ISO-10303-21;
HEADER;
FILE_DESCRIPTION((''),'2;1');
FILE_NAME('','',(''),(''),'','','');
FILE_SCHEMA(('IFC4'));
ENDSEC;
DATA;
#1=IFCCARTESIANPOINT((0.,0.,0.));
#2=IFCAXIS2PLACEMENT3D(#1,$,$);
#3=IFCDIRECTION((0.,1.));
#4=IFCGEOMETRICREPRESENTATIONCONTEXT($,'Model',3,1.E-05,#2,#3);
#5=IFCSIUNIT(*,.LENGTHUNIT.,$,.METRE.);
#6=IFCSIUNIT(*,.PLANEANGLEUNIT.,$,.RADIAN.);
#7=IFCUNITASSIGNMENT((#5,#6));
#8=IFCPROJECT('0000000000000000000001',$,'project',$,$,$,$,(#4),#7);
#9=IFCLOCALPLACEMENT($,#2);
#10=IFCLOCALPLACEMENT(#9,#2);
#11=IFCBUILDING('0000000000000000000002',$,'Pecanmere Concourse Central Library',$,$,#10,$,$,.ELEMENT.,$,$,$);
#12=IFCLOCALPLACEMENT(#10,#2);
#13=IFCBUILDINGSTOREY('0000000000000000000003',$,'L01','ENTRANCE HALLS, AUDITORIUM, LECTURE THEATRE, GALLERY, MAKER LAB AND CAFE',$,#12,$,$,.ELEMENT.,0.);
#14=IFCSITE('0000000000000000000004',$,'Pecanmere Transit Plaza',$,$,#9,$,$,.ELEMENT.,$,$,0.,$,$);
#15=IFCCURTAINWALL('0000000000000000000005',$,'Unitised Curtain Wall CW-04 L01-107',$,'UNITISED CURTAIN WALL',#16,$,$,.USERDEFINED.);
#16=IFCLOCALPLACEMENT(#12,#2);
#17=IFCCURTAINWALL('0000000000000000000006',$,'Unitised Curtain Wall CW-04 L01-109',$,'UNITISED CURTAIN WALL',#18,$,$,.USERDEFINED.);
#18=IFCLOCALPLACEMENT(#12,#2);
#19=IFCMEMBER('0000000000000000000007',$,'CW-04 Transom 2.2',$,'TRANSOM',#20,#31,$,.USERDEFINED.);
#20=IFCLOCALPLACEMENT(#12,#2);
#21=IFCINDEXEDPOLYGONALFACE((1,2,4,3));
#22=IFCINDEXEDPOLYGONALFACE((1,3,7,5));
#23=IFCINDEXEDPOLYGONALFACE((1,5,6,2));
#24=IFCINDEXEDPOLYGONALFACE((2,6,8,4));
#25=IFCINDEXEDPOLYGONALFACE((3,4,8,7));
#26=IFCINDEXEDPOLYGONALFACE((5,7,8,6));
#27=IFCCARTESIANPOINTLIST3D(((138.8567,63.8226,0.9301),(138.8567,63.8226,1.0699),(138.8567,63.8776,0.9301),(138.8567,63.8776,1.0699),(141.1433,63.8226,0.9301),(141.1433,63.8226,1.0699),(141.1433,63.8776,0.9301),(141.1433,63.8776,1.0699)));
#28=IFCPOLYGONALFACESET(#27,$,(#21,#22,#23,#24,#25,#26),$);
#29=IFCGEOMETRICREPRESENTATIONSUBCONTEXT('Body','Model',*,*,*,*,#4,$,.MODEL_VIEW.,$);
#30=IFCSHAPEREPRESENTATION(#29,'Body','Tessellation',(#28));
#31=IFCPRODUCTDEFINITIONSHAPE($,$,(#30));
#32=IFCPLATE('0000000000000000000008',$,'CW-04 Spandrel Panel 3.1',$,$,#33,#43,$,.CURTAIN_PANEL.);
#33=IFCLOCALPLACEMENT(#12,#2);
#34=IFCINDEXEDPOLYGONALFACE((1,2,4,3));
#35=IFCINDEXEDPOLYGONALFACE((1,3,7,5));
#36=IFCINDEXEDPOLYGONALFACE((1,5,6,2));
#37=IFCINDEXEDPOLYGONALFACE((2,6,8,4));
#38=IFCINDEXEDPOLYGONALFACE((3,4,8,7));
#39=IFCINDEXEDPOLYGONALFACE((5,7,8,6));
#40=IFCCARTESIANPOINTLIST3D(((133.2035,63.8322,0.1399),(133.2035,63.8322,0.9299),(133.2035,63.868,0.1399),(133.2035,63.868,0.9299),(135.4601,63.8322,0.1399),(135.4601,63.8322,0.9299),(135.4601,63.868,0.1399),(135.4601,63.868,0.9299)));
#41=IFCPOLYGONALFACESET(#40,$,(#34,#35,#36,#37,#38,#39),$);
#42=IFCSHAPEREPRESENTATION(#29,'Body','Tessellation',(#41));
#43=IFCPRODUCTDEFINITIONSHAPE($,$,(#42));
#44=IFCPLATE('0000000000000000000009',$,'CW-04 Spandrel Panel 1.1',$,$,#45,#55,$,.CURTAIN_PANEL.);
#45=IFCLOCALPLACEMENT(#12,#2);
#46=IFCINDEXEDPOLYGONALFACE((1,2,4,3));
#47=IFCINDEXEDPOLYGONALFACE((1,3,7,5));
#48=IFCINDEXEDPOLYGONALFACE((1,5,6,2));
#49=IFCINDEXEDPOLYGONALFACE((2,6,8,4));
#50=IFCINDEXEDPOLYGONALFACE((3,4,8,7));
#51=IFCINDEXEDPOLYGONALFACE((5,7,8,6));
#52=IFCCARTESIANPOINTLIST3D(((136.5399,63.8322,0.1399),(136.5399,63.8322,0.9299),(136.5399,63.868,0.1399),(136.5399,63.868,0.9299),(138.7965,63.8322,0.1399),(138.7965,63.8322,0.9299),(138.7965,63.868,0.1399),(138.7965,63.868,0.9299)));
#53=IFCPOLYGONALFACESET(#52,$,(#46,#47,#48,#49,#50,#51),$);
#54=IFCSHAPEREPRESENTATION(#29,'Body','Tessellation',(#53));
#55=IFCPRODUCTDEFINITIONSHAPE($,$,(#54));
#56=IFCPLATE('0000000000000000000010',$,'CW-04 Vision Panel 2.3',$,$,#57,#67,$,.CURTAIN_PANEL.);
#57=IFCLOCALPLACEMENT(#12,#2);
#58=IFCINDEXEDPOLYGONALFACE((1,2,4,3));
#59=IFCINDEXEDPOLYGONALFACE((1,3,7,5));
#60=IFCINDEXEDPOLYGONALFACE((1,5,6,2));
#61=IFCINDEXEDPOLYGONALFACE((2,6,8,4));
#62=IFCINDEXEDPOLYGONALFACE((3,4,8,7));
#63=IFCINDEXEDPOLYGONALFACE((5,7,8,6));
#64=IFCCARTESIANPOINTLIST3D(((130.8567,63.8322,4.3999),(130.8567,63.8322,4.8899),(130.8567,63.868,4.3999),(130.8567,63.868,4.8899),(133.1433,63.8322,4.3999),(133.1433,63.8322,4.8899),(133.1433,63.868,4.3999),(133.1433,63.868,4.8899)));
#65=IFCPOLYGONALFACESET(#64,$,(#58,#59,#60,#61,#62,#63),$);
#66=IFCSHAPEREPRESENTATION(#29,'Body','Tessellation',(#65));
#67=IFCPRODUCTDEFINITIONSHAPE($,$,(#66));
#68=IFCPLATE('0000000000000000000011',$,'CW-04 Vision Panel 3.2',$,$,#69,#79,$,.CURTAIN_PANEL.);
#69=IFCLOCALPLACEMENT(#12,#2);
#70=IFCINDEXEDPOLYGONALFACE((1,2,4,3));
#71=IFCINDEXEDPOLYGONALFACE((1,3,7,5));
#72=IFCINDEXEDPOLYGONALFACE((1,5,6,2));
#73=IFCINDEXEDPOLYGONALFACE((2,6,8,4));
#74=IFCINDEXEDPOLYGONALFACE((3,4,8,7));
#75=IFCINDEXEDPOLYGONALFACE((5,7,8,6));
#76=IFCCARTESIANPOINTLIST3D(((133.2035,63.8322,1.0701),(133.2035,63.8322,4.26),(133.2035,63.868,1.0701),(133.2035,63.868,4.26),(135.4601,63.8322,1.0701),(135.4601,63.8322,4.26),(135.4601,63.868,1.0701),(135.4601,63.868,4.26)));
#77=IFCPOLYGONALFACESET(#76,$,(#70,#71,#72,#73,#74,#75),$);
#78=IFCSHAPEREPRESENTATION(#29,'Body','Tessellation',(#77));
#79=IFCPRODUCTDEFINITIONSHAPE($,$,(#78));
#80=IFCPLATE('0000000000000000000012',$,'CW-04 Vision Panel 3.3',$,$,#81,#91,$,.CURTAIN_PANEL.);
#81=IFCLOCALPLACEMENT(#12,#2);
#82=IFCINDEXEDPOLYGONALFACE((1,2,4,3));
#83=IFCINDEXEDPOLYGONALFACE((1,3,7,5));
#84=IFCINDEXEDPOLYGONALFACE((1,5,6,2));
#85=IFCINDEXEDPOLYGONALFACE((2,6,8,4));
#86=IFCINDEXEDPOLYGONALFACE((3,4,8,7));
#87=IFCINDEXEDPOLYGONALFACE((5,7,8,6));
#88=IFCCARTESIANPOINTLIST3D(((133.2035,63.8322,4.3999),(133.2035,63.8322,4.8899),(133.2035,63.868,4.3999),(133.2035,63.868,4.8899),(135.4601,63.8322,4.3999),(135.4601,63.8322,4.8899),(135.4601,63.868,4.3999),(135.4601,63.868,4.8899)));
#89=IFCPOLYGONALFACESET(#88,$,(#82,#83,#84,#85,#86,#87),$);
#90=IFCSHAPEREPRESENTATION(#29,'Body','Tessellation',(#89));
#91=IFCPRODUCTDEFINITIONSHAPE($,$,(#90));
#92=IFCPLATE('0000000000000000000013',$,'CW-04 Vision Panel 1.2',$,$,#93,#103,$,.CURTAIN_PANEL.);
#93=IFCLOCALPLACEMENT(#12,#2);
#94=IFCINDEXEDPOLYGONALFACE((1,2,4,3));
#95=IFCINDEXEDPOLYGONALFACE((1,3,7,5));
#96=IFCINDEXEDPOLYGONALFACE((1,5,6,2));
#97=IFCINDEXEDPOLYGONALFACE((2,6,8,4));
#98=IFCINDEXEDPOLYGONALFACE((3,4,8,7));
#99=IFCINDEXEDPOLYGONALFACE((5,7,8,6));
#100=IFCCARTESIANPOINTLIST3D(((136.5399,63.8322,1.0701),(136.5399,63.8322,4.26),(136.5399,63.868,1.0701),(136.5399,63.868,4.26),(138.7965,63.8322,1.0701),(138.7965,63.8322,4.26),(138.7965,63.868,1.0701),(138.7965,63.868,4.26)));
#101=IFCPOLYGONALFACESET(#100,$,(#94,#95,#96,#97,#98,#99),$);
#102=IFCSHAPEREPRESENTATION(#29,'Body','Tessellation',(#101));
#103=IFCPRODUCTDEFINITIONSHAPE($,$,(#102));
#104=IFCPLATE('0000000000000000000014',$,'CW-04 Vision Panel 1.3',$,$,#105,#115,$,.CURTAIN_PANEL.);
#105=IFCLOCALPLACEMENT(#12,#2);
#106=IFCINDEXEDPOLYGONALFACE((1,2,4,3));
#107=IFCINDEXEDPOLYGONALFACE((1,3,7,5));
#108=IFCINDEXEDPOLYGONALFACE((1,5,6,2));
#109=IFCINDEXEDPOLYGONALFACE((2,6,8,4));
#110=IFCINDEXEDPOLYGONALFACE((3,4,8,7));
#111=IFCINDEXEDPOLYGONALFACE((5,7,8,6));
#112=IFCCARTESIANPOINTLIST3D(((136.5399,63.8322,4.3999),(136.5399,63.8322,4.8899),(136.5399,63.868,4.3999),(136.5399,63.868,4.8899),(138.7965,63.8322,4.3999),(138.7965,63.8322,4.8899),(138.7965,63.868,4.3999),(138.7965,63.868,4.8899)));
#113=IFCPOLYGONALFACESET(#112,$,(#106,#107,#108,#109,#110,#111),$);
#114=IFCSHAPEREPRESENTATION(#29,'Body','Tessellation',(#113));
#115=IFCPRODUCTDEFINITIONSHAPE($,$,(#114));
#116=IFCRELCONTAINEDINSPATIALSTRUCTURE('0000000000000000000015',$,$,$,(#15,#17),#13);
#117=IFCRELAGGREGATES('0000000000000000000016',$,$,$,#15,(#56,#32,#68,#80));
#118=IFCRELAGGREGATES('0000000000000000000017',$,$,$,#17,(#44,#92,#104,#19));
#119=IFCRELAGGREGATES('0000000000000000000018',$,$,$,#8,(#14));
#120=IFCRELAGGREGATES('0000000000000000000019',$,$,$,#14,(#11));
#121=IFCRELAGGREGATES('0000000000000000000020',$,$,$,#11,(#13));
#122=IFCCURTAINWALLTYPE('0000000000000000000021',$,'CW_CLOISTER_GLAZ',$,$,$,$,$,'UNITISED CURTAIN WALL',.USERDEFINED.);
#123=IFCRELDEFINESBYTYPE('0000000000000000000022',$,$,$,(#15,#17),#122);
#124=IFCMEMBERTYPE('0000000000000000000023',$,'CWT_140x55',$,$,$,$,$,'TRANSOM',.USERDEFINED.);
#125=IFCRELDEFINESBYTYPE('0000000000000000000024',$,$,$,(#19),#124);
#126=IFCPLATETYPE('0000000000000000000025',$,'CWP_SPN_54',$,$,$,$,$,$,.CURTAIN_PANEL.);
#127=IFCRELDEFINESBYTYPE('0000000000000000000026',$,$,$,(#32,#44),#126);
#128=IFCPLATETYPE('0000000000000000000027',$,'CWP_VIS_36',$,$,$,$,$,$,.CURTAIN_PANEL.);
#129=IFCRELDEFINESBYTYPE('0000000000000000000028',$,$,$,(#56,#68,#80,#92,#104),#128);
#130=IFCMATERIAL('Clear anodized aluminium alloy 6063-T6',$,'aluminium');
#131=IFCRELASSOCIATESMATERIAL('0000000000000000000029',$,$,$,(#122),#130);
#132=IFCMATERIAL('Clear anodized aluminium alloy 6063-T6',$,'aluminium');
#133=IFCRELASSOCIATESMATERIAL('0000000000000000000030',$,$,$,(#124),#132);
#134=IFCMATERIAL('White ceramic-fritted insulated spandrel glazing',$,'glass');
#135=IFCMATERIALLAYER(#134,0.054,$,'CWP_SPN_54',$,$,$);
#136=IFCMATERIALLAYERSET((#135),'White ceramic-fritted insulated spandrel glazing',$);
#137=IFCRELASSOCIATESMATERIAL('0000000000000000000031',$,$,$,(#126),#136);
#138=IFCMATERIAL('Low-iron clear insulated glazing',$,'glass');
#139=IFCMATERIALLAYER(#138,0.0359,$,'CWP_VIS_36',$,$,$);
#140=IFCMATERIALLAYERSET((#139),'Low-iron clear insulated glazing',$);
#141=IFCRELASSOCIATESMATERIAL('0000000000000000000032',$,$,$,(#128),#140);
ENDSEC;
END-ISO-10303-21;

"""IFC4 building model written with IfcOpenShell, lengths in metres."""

from ifc_helpers import new_model, si_unit, direction, frame, origin, origin_2d, place, context, subcontext, project, spatial, rectangle, extrude, material, layer, layer_set, material_profile, profile_set, type_object, element, aggregate, save


model = new_model("IFC4")

# Units and contexts
model_context = context("Model", 3, precision=1e-05, world=origin(), true_north=direction((0.0, 1.0)))
body_context = subcontext(model_context, "Body", "Model", "MODEL_VIEW")
ifc_project = project(units=[si_unit("LENGTHUNIT", "METRE"), si_unit("PLANEANGLEUNIT", "RADIAN")], contexts=[model_context])

# Site, building, storey
site_placement = place(None, origin())
site = spatial("IfcSite", under=ifc_project, at=site_placement, Name="Pecanmere Transit Plaza", CompositionType="ELEMENT", RefElevation=0.0)
building_placement = place(site_placement, origin())
building = spatial("IfcBuilding", under=site, at=building_placement, Name="Pecanmere Concourse Central Library", CompositionType="ELEMENT")
storey_placement = place(building_placement, origin())
storey = spatial("IfcBuildingStorey", under=building, at=storey_placement, Name="L01", Description="ENTRANCE HALLS, AUDITORIUM, LECTURE THEATRE, GALLERY, MAKER LAB AND CAFE", CompositionType="ELEMENT", Elevation=0.0)

# Curtain walls
ifc_material_1 = material(Name="Clear anodized aluminium alloy 6063-T6", Category="aluminium")
curtain_wall_type = type_object("IfcCurtainWallType", Name="CW_CLOISTER_GLAZ", ElementType="UNITISED CURTAIN WALL", PredefinedType="USERDEFINED", material=ifc_material_1)
curtain_wall_1_placement = place(storey_placement, origin())
curtain_wall_1 = element("IfcCurtainWall", 1, at=curtain_wall_1_placement, inside=storey, type_object=curtain_wall_type, Name="Unitised Curtain Wall CW-04 L01-107", ObjectType="UNITISED CURTAIN WALL", PredefinedType="USERDEFINED")
curtain_wall_2_placement = place(storey_placement, origin())
curtain_wall_2 = element("IfcCurtainWall", 2, at=curtain_wall_2_placement, inside=storey, type_object=curtain_wall_type, Name="Unitised Curtain Wall CW-04 L01-109", ObjectType="UNITISED CURTAIN WALL", PredefinedType="USERDEFINED")

# Member
ifc_material_2 = material(Name="Clear anodized aluminium alloy 6063-T6", Category="aluminium")
ifc_material_profile_1 = material_profile(ifc_material_2, rectangle(XDim=0.0549, YDim=0.1399, at=origin_2d()), Name="AL 55x140")
ifc_profile_set_1 = profile_set([ifc_material_profile_1], Name="Clear anodized aluminium alloy 6063-T6")
member_type_1 = type_object("IfcMemberType", Name="CWT_140x55", ElementType="TRANSOM", PredefinedType="USERDEFINED", material=ifc_profile_set_1)
member_1_placement = place(storey_placement, frame((138.8567, 63.8501, 1.0), z_axis=(1.0, 0.0, 0.0), x_axis=(0.0, 1.0, 0.0)))
member_1 = element("IfcMember", 3, at=member_1_placement, type_object=member_type_1, Name="CW-04 Transom 2.2", ObjectType="TRANSOM", PredefinedType="USERDEFINED", context=body_context, shape_type="SweptSolid", body=[
    extrude(rectangle(XDim=0.0549, YDim=0.1399, at=origin_2d()), origin(), (0.0, 0.0, 1.0), 2.2866),
])

# Plates
ifc_material_3 = material(Name="White ceramic-fritted insulated spandrel glazing", Category="glass")
ifc_layer_1 = layer(ifc_material_3, 0.054, Name="CWP_SPN_54")
ifc_layer_set_1 = layer_set([ifc_layer_1], Name="White ceramic-fritted insulated spandrel glazing")
plate_type_1 = type_object("IfcPlateType", Name="CWP_SPN_54", PredefinedType="CURTAIN_PANEL", material=ifc_layer_set_1)
plate_1_placement = place(storey_placement, frame((134.3318, 63.8501, 0.1399), z_axis=(0.0, 0.0, 1.0), x_axis=(1.0, 0.0, 0.0)))
plate_1 = element("IfcPlate", 4, at=plate_1_placement, type_object=plate_type_1, Name="CW-04 Spandrel Panel 3.1", PredefinedType="CURTAIN_PANEL", context=body_context, shape_type="SweptSolid", body=[
    extrude(rectangle(XDim=2.2566, YDim=0.0359, at=origin_2d()), origin(), (0.0, 0.0, 1.0), 0.79),
])
plate_2_placement = place(storey_placement, frame((137.6682, 63.8501, 0.1399), z_axis=(0.0, 0.0, 1.0), x_axis=(1.0, 0.0, 0.0)))
plate_2 = element("IfcPlate", 5, at=plate_2_placement, type_object=plate_type_1, Name="CW-04 Spandrel Panel 1.1", PredefinedType="CURTAIN_PANEL", context=body_context, shape_type="SweptSolid", body=[
    extrude(rectangle(XDim=2.2566, YDim=0.0359, at=origin_2d()), origin(), (0.0, 0.0, 1.0), 0.79),
])
ifc_material_4 = material(Name="Low-iron clear insulated glazing", Category="glass")
ifc_layer_2 = layer(ifc_material_4, 0.0359, Name="CWP_VIS_36")
ifc_layer_set_2 = layer_set([ifc_layer_2], Name="Low-iron clear insulated glazing")
plate_type_2 = type_object("IfcPlateType", Name="CWP_VIS_36", PredefinedType="CURTAIN_PANEL", material=ifc_layer_set_2)
plate_3_placement = place(storey_placement, frame((132.0, 63.8501, 4.3999), z_axis=(0.0, 0.0, 1.0), x_axis=(1.0, 0.0, 0.0)))
plate_3 = element("IfcPlate", 6, at=plate_3_placement, type_object=plate_type_2, Name="CW-04 Vision Panel 2.3", PredefinedType="CURTAIN_PANEL", context=body_context, shape_type="SweptSolid", body=[
    extrude(rectangle(XDim=2.2866, YDim=0.0359, at=origin_2d()), origin(), (0.0, 0.0, 1.0), 0.49),
])
plate_4_placement = place(storey_placement, frame((134.3318, 63.8501, 1.0701), z_axis=(0.0, 0.0, 1.0), x_axis=(1.0, 0.0, 0.0)))
plate_4 = element("IfcPlate", 7, at=plate_4_placement, type_object=plate_type_2, Name="CW-04 Vision Panel 3.2", PredefinedType="CURTAIN_PANEL", context=body_context, shape_type="SweptSolid", body=[
    extrude(rectangle(XDim=2.2566, YDim=0.0359, at=origin_2d()), origin(), (0.0, 0.0, 1.0), 3.1899),
])
plate_5_placement = place(storey_placement, frame((134.3318, 63.8501, 4.3999), z_axis=(0.0, 0.0, 1.0), x_axis=(1.0, 0.0, 0.0)))
plate_5 = element("IfcPlate", 8, at=plate_5_placement, type_object=plate_type_2, Name="CW-04 Vision Panel 3.3", PredefinedType="CURTAIN_PANEL", context=body_context, shape_type="SweptSolid", body=[
    extrude(rectangle(XDim=2.2566, YDim=0.0359, at=origin_2d()), origin(), (0.0, 0.0, 1.0), 0.49),
])
aggregate(curtain_wall_1, [plate_3, plate_1, plate_4, plate_5])
plate_6_placement = place(storey_placement, frame((137.6682, 63.8501, 1.0701), z_axis=(0.0, 0.0, 1.0), x_axis=(1.0, 0.0, 0.0)))
plate_6 = element("IfcPlate", 9, at=plate_6_placement, type_object=plate_type_2, Name="CW-04 Vision Panel 1.2", PredefinedType="CURTAIN_PANEL", context=body_context, shape_type="SweptSolid", body=[
    extrude(rectangle(XDim=2.2566, YDim=0.0359, at=origin_2d()), origin(), (0.0, 0.0, 1.0), 3.1899),
])
plate_7_placement = place(storey_placement, frame((137.6682, 63.8501, 4.3999), z_axis=(0.0, 0.0, 1.0), x_axis=(1.0, 0.0, 0.0)))
plate_7 = element("IfcPlate", 10, at=plate_7_placement, type_object=plate_type_2, Name="CW-04 Vision Panel 1.3", PredefinedType="CURTAIN_PANEL", context=body_context, shape_type="SweptSolid", body=[
    extrude(rectangle(XDim=2.2566, YDim=0.0359, at=origin_2d()), origin(), (0.0, 0.0, 1.0), 0.49),
])
aggregate(curtain_wall_2, [plate_2, plate_6, plate_7, member_1])

save(model, "model.ifc")
